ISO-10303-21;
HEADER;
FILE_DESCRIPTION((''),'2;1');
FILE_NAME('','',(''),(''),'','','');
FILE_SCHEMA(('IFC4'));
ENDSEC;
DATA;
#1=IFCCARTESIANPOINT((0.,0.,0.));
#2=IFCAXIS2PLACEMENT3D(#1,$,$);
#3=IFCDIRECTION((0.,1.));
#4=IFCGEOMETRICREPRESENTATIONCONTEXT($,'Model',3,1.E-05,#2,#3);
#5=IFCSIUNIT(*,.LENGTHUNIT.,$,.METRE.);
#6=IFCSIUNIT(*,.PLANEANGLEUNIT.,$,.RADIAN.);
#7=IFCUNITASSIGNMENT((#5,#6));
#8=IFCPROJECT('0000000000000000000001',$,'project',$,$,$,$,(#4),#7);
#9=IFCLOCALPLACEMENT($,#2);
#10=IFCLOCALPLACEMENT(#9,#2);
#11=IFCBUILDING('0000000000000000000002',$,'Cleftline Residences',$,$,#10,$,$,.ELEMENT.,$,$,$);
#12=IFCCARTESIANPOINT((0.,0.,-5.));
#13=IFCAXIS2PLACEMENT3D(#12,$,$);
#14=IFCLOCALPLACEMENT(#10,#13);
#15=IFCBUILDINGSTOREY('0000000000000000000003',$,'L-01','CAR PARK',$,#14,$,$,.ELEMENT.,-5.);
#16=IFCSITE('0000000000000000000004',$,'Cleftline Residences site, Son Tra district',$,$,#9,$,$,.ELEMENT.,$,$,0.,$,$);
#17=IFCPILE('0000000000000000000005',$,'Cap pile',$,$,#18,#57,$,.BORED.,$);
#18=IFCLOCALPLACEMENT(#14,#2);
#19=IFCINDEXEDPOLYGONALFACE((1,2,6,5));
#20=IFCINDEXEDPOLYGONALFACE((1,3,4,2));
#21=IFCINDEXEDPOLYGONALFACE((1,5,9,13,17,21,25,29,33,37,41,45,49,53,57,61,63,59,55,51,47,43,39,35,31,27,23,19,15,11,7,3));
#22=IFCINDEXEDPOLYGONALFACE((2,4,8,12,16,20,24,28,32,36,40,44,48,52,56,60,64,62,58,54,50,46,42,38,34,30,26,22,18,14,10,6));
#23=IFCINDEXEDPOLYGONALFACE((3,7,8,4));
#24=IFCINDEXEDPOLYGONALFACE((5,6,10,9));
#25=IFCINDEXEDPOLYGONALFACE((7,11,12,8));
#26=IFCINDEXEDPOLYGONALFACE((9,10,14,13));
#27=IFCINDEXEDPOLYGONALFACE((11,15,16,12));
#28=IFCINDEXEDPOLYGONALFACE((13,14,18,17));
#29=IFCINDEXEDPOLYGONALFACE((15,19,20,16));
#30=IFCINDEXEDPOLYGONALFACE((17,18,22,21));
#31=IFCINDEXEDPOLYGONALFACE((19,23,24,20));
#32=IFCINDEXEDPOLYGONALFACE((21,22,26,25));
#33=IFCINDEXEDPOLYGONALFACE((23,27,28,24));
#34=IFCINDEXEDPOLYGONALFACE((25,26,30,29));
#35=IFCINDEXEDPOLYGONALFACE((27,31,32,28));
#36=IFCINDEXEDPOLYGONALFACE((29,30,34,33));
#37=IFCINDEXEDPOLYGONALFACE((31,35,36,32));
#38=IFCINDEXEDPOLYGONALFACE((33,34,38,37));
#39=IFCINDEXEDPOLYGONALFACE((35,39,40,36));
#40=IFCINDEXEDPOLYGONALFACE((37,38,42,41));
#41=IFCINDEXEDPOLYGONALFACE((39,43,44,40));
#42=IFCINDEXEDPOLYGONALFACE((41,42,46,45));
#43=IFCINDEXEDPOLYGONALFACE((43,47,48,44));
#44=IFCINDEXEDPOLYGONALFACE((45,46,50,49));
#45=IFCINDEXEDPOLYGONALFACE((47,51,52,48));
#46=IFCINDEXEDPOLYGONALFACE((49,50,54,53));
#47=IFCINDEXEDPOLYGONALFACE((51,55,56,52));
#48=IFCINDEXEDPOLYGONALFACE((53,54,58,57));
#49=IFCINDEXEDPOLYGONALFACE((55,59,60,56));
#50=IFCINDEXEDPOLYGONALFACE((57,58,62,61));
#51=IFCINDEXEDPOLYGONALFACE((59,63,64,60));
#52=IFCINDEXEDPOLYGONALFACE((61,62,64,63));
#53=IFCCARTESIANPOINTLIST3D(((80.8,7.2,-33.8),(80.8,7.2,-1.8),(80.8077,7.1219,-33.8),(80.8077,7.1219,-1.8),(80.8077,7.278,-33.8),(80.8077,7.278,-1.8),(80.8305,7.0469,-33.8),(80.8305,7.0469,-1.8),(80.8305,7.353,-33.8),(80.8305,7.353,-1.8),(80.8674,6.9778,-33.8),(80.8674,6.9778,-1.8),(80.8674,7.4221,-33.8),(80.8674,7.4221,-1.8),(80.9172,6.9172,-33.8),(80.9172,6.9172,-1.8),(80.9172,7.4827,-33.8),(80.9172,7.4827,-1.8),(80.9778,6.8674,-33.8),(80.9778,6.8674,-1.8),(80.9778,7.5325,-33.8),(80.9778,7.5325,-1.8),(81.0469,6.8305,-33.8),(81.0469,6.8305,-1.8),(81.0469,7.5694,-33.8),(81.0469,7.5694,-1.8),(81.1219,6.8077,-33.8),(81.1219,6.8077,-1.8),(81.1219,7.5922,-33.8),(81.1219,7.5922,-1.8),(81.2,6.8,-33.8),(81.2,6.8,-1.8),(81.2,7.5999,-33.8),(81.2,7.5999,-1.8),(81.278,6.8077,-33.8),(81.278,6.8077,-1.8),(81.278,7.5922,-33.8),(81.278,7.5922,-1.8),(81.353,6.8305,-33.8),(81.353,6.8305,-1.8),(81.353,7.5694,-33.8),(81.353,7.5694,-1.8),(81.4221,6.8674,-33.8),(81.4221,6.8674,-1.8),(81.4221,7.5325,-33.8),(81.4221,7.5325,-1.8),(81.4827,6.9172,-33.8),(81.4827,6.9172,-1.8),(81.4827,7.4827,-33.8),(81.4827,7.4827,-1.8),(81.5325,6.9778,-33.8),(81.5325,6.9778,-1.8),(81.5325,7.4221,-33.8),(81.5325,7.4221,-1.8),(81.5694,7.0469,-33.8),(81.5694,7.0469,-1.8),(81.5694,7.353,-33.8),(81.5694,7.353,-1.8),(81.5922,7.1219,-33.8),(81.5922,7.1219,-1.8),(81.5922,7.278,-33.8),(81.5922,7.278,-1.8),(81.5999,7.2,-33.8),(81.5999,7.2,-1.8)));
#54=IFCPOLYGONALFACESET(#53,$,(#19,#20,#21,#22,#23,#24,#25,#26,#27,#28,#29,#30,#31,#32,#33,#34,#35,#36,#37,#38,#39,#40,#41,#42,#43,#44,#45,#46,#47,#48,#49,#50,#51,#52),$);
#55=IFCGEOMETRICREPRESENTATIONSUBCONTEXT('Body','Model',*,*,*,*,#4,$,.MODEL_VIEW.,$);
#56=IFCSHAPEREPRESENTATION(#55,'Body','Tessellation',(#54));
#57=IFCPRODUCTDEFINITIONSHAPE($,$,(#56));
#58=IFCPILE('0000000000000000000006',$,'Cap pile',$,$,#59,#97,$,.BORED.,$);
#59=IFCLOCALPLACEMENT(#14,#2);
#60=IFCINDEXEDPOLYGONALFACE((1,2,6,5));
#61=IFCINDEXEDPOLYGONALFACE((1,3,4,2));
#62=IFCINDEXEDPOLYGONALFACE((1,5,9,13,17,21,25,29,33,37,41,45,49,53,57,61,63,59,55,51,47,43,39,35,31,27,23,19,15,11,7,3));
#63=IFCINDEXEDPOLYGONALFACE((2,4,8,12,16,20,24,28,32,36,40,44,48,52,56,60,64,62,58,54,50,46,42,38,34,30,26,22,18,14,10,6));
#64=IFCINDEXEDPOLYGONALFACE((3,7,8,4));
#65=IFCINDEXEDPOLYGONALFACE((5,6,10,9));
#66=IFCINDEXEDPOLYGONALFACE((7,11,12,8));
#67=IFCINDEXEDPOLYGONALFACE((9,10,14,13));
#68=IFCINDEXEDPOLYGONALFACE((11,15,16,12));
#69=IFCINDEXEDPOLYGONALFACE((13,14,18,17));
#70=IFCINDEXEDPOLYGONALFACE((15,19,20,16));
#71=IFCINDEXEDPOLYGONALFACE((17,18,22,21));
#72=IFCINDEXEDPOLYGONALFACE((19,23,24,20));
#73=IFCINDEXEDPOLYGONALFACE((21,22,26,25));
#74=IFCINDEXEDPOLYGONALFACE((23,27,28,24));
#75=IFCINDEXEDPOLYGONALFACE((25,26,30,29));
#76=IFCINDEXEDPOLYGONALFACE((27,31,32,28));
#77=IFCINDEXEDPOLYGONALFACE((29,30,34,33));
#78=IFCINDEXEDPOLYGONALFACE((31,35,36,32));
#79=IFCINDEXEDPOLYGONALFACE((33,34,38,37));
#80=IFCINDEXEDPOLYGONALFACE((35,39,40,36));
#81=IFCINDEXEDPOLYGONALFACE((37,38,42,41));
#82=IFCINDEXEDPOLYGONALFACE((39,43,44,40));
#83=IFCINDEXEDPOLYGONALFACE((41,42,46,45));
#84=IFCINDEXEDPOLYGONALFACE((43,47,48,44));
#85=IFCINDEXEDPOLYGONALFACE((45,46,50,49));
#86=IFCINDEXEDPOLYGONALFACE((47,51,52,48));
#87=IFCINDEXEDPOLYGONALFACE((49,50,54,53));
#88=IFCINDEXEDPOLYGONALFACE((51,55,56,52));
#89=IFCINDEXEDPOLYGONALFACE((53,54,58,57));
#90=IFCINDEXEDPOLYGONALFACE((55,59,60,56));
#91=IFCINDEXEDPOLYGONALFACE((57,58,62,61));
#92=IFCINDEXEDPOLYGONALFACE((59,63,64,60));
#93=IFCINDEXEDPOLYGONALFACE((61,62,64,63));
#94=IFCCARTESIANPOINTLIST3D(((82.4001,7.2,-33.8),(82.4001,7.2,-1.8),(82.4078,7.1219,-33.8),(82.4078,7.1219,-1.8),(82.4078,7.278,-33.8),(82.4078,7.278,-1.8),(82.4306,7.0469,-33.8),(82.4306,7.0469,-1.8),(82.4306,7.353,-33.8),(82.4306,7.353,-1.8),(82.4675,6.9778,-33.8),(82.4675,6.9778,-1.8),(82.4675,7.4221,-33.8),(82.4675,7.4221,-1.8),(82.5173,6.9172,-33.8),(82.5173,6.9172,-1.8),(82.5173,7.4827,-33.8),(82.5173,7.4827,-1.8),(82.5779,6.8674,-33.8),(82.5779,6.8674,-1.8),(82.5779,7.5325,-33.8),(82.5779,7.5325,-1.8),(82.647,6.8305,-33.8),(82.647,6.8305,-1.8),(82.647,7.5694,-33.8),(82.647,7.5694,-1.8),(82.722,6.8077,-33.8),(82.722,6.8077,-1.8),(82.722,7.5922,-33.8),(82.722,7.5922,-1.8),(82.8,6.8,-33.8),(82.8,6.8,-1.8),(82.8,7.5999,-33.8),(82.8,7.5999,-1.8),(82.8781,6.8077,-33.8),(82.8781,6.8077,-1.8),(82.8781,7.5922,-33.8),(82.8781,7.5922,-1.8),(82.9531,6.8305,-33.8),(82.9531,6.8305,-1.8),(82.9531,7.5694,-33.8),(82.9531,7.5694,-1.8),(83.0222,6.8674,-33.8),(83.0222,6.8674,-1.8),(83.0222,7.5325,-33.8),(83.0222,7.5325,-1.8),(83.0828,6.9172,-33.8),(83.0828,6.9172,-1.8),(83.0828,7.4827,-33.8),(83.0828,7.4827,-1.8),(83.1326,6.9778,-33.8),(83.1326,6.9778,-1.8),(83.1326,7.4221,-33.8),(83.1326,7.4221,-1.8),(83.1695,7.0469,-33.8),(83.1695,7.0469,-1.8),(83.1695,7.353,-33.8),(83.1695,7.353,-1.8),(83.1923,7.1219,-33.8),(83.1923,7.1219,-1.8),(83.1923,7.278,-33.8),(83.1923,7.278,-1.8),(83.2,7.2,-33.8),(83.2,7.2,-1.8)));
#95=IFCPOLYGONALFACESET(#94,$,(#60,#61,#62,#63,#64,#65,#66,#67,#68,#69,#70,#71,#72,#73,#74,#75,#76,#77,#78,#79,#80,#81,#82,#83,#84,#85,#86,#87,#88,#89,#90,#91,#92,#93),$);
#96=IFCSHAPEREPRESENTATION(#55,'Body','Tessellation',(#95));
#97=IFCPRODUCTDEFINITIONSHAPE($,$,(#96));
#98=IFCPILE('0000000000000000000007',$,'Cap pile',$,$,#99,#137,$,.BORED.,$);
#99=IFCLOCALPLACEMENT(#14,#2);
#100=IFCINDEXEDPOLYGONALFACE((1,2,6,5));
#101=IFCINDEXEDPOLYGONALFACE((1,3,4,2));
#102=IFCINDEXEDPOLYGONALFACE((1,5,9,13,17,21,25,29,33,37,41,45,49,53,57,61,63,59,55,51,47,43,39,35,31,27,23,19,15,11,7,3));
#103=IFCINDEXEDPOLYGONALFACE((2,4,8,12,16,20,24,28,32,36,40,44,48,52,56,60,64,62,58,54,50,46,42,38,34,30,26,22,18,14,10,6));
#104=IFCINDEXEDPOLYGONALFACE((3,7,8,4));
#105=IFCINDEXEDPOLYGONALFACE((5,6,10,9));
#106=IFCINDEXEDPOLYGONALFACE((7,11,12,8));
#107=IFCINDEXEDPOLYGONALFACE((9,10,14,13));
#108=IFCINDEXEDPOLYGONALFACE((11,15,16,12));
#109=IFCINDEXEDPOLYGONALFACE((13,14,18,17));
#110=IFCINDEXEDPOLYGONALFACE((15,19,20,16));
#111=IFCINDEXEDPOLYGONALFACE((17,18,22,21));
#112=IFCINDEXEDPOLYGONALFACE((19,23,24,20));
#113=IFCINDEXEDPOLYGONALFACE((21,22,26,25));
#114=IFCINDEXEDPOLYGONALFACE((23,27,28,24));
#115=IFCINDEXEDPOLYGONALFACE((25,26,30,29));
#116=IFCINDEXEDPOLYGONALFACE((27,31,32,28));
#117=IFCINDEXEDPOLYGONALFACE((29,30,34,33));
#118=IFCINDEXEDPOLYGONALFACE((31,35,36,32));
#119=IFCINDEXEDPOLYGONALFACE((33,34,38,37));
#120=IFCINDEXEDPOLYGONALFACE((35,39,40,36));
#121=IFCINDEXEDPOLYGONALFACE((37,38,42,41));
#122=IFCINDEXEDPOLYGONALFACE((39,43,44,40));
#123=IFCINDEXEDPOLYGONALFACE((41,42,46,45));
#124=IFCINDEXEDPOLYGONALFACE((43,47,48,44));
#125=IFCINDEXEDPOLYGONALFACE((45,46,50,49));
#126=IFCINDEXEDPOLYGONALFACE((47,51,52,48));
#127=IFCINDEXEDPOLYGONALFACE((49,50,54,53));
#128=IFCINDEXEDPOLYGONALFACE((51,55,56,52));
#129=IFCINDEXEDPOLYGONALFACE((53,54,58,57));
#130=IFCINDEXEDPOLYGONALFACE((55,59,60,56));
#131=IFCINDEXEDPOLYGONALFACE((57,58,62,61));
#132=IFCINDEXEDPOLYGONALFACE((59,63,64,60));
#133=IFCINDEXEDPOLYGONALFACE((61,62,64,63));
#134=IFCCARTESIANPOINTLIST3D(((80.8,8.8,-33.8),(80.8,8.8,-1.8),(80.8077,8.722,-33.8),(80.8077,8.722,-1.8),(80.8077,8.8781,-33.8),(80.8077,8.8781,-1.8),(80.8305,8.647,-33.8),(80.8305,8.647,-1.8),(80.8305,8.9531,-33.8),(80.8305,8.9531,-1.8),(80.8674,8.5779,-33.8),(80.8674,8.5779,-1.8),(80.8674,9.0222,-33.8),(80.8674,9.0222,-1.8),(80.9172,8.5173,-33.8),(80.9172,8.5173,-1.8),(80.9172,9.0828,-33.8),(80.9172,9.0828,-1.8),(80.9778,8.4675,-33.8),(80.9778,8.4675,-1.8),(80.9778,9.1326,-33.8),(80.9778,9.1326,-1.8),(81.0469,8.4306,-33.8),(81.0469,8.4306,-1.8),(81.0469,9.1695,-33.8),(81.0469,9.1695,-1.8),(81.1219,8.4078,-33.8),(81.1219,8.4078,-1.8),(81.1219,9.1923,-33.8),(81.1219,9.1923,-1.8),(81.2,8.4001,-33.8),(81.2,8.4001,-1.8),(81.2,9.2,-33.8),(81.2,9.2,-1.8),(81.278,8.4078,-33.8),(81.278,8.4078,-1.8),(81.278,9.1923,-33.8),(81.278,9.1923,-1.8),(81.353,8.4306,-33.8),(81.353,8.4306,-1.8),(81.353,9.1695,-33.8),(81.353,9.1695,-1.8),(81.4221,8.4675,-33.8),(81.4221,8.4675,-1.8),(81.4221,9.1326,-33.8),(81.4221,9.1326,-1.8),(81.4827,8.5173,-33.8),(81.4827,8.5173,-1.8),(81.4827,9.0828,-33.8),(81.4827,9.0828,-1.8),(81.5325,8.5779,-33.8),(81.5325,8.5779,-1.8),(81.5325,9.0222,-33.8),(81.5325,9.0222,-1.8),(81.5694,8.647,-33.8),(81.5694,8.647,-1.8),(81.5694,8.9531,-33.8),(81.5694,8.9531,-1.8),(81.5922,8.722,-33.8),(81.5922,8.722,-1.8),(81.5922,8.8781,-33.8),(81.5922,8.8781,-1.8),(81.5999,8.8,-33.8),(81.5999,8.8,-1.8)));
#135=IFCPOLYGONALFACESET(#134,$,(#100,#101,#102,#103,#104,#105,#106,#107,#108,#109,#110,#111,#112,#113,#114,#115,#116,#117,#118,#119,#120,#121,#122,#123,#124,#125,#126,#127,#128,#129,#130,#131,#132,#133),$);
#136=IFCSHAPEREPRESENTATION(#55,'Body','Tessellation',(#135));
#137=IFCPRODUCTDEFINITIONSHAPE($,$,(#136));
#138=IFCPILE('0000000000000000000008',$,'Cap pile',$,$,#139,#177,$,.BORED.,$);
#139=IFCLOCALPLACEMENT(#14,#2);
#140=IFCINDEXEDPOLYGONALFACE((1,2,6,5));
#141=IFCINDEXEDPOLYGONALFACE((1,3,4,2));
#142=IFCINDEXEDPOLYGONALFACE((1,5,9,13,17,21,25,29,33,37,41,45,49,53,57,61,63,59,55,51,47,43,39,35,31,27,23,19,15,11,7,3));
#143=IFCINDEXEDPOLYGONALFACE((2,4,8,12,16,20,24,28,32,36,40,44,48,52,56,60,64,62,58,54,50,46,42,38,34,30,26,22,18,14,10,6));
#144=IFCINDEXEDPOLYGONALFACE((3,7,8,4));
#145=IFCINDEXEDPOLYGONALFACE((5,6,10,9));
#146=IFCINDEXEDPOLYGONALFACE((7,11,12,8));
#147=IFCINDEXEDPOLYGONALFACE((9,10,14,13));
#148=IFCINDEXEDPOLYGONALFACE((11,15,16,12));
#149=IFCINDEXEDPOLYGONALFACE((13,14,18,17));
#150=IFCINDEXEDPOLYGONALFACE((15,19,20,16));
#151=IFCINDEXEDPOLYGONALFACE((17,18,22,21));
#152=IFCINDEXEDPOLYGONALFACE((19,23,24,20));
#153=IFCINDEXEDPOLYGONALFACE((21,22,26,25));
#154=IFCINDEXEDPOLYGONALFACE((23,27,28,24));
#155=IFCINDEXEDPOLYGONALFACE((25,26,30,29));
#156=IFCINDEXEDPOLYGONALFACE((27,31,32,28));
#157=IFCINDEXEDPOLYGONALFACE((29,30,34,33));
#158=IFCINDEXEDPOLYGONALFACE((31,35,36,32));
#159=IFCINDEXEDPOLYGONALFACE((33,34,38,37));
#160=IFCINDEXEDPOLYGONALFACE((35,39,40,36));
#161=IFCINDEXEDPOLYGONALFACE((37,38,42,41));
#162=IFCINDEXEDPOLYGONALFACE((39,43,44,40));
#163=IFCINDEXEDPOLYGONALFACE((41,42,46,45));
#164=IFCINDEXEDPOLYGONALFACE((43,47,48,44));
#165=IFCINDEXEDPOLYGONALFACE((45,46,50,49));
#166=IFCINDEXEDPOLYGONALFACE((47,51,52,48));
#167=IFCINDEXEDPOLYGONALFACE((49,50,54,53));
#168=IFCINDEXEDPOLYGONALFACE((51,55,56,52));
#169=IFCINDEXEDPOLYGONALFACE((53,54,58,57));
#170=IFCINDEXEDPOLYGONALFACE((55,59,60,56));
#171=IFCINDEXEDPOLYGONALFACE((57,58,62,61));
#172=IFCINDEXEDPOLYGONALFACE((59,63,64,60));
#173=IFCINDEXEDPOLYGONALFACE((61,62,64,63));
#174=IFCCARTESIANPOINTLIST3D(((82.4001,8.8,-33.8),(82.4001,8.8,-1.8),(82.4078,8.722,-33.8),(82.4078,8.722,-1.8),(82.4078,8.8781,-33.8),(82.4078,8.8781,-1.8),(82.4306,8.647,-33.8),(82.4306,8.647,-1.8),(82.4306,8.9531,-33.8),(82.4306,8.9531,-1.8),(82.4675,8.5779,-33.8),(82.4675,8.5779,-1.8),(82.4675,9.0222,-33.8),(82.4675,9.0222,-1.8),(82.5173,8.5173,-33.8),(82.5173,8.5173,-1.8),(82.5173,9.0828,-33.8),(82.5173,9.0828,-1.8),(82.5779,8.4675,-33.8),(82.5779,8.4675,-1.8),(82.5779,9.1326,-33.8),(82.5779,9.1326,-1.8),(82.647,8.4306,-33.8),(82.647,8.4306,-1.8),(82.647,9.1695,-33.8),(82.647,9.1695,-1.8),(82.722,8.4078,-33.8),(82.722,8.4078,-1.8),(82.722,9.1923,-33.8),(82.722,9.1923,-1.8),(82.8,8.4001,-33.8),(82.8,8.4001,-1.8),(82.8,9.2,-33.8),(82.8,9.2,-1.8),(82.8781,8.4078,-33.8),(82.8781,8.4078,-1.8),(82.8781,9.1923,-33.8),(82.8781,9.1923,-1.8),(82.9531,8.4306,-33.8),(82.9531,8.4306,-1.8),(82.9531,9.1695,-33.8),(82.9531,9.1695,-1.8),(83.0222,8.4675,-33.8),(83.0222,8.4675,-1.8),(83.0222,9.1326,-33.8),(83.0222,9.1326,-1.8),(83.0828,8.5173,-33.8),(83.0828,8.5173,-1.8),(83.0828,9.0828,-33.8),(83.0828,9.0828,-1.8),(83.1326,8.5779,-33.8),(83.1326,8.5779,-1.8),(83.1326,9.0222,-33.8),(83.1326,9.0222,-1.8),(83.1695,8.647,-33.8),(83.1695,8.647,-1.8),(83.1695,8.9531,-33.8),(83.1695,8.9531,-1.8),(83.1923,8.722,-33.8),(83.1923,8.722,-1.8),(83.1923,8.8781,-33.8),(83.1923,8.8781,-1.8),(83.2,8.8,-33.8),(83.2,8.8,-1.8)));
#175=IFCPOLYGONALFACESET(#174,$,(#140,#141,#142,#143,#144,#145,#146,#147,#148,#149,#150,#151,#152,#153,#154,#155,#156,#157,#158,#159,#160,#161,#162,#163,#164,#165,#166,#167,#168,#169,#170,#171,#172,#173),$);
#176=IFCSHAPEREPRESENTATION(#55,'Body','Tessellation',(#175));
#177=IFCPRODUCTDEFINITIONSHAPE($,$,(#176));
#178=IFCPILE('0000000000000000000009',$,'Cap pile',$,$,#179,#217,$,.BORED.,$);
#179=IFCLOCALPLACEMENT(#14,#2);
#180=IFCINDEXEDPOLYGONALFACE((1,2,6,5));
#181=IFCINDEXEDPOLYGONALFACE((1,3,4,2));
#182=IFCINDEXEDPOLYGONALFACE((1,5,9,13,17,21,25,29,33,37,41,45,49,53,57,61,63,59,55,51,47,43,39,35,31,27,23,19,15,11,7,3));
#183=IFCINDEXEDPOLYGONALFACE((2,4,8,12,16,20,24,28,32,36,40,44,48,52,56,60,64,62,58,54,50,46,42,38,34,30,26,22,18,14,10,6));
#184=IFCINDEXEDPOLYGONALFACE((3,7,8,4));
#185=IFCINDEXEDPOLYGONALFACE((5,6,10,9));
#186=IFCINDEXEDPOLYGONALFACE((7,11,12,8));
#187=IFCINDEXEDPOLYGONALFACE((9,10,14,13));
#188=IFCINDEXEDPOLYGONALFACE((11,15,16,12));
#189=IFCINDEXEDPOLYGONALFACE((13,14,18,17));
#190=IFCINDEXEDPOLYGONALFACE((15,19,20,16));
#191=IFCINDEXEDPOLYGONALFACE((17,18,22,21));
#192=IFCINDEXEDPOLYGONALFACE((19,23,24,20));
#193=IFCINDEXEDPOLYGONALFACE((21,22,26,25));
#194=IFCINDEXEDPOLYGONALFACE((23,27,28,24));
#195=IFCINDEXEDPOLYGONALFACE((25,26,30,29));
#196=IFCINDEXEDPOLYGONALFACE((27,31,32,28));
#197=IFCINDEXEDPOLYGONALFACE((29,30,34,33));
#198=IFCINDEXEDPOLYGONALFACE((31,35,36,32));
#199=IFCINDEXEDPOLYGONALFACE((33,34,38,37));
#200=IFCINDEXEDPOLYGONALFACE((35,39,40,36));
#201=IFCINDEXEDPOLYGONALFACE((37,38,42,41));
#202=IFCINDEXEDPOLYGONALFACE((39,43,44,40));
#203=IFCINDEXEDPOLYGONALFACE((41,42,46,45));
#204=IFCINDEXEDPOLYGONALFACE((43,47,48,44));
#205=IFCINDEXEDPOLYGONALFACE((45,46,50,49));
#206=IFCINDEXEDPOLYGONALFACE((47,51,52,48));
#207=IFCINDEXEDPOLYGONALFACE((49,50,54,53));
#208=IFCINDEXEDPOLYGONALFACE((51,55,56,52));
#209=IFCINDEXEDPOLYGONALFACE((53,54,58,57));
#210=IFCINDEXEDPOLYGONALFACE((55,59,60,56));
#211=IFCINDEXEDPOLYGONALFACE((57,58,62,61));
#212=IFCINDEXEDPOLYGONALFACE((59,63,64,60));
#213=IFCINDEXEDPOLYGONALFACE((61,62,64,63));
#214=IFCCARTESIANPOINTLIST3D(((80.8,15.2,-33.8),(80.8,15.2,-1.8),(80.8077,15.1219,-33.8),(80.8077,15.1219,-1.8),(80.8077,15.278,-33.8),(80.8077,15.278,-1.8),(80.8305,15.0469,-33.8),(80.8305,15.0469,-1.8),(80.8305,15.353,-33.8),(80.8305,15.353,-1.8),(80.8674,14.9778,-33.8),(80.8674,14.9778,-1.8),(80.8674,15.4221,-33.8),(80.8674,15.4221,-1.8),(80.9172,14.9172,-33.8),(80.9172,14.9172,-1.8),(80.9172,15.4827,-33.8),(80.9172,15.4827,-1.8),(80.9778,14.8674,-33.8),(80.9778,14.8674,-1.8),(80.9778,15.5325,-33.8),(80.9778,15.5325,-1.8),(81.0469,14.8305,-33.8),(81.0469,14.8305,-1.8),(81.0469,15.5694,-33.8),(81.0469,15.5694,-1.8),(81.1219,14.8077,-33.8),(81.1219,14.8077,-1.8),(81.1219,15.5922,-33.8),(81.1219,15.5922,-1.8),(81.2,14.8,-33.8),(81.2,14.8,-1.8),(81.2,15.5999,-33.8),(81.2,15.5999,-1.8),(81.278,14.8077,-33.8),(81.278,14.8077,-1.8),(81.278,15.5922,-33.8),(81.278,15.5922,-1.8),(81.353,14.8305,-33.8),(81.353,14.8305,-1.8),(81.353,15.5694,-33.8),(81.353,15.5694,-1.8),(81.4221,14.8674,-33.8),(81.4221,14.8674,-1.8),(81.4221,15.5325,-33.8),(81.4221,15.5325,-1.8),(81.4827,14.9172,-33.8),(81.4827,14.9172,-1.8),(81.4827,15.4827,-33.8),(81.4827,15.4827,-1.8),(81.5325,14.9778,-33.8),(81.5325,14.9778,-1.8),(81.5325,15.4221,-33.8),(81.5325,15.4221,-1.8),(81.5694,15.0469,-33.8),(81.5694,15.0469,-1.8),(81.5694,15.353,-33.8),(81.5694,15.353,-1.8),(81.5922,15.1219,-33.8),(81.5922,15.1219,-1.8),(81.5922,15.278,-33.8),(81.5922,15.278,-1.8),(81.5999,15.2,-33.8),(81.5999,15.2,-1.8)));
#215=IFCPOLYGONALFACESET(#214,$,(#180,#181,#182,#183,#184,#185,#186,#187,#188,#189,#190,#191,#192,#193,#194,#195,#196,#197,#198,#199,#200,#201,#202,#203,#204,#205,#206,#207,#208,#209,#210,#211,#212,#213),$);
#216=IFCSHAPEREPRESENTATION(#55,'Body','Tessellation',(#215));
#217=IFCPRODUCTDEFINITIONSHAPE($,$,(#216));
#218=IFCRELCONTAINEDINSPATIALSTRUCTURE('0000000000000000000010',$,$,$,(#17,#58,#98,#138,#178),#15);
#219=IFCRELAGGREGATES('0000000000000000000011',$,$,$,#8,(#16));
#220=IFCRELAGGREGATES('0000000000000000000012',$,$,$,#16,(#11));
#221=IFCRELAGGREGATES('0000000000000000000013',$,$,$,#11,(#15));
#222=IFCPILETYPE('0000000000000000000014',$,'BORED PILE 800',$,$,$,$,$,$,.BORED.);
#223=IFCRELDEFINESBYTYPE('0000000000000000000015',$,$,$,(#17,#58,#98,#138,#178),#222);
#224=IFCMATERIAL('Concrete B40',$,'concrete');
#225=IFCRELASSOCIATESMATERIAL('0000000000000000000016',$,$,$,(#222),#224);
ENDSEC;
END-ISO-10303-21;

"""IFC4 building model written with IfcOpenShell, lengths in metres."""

from ifc_helpers import new_model, si_unit, direction, frame, origin, origin_2d, place, context, subcontext, project, spatial, circle, extrude, material, material_profile, profile_set, type_object, element, save


model = new_model("IFC4")

# Units and contexts
model_context = context("Model", 3, precision=1e-05, world=origin(), true_north=direction((0.0, 1.0)))
body_context = subcontext(model_context, "Body", "Model", "MODEL_VIEW")
ifc_project = project(units=[si_unit("LENGTHUNIT", "METRE"), si_unit("PLANEANGLEUNIT", "RADIAN")], contexts=[model_context])

# Site, building, storey
site_placement = place(None, origin())
site = spatial("IfcSite", under=ifc_project, at=site_placement, Name="Cleftline Residences site, Son Tra district", CompositionType="ELEMENT", RefElevation=0.0)
building_placement = place(site_placement, origin())
building = spatial("IfcBuilding", under=site, at=building_placement, Name="Cleftline Residences", CompositionType="ELEMENT")
storey_placement = place(building_placement, frame((0.0, 0.0, -5.0)))
storey = spatial("IfcBuildingStorey", under=building, at=storey_placement, Name="L-01", Description="CAR PARK", CompositionType="ELEMENT", Elevation=-5.0)

# Piles
ifc_material_1 = material(Name="Concrete B40", Category="concrete")
ifc_material_profile_1 = material_profile(ifc_material_1, circle(Radius=0.3999, at=origin_2d()))
ifc_profile_set_1 = profile_set([ifc_material_profile_1], Name="Concrete B40")
pile_type = type_object("IfcPileType", Name="BORED PILE 800", PredefinedType="BORED", material=ifc_profile_set_1)
for number, where, z_axis, x_axis, name in (
    (1, (81.2, 7.2, -1.8), (0.0, 0.0, -1.0), (1.0, 0.0, 0.0), "Cap pile"),
    (2, (82.8, 7.2, -1.8), (0.0, 0.0, -1.0), (1.0, 0.0, 0.0), "Cap pile"),
    (3, (81.2, 8.8, -1.8), (0.0, 0.0, -1.0), (1.0, 0.0, 0.0), "Cap pile"),
    (4, (82.8, 8.8, -1.8), (0.0, 0.0, -1.0), (1.0, 0.0, 0.0), "Cap pile"),
    (5, (81.2, 15.2, -1.8), (0.0, 0.0, -1.0), (1.0, 0.0, 0.0), "Cap pile"),
):
    element("IfcPile", number, at=place(storey_placement, frame(where, z_axis=z_axis, x_axis=x_axis)), inside=storey, type_object=pile_type, Name=name, PredefinedType="BORED", context=body_context, shape_type="SweptSolid", body=[
        extrude(circle(Radius=0.3999, at=origin_2d()), origin(), (0.0, 0.0, 1.0), 32.0),
    ])

save(model, "model.ifc")
